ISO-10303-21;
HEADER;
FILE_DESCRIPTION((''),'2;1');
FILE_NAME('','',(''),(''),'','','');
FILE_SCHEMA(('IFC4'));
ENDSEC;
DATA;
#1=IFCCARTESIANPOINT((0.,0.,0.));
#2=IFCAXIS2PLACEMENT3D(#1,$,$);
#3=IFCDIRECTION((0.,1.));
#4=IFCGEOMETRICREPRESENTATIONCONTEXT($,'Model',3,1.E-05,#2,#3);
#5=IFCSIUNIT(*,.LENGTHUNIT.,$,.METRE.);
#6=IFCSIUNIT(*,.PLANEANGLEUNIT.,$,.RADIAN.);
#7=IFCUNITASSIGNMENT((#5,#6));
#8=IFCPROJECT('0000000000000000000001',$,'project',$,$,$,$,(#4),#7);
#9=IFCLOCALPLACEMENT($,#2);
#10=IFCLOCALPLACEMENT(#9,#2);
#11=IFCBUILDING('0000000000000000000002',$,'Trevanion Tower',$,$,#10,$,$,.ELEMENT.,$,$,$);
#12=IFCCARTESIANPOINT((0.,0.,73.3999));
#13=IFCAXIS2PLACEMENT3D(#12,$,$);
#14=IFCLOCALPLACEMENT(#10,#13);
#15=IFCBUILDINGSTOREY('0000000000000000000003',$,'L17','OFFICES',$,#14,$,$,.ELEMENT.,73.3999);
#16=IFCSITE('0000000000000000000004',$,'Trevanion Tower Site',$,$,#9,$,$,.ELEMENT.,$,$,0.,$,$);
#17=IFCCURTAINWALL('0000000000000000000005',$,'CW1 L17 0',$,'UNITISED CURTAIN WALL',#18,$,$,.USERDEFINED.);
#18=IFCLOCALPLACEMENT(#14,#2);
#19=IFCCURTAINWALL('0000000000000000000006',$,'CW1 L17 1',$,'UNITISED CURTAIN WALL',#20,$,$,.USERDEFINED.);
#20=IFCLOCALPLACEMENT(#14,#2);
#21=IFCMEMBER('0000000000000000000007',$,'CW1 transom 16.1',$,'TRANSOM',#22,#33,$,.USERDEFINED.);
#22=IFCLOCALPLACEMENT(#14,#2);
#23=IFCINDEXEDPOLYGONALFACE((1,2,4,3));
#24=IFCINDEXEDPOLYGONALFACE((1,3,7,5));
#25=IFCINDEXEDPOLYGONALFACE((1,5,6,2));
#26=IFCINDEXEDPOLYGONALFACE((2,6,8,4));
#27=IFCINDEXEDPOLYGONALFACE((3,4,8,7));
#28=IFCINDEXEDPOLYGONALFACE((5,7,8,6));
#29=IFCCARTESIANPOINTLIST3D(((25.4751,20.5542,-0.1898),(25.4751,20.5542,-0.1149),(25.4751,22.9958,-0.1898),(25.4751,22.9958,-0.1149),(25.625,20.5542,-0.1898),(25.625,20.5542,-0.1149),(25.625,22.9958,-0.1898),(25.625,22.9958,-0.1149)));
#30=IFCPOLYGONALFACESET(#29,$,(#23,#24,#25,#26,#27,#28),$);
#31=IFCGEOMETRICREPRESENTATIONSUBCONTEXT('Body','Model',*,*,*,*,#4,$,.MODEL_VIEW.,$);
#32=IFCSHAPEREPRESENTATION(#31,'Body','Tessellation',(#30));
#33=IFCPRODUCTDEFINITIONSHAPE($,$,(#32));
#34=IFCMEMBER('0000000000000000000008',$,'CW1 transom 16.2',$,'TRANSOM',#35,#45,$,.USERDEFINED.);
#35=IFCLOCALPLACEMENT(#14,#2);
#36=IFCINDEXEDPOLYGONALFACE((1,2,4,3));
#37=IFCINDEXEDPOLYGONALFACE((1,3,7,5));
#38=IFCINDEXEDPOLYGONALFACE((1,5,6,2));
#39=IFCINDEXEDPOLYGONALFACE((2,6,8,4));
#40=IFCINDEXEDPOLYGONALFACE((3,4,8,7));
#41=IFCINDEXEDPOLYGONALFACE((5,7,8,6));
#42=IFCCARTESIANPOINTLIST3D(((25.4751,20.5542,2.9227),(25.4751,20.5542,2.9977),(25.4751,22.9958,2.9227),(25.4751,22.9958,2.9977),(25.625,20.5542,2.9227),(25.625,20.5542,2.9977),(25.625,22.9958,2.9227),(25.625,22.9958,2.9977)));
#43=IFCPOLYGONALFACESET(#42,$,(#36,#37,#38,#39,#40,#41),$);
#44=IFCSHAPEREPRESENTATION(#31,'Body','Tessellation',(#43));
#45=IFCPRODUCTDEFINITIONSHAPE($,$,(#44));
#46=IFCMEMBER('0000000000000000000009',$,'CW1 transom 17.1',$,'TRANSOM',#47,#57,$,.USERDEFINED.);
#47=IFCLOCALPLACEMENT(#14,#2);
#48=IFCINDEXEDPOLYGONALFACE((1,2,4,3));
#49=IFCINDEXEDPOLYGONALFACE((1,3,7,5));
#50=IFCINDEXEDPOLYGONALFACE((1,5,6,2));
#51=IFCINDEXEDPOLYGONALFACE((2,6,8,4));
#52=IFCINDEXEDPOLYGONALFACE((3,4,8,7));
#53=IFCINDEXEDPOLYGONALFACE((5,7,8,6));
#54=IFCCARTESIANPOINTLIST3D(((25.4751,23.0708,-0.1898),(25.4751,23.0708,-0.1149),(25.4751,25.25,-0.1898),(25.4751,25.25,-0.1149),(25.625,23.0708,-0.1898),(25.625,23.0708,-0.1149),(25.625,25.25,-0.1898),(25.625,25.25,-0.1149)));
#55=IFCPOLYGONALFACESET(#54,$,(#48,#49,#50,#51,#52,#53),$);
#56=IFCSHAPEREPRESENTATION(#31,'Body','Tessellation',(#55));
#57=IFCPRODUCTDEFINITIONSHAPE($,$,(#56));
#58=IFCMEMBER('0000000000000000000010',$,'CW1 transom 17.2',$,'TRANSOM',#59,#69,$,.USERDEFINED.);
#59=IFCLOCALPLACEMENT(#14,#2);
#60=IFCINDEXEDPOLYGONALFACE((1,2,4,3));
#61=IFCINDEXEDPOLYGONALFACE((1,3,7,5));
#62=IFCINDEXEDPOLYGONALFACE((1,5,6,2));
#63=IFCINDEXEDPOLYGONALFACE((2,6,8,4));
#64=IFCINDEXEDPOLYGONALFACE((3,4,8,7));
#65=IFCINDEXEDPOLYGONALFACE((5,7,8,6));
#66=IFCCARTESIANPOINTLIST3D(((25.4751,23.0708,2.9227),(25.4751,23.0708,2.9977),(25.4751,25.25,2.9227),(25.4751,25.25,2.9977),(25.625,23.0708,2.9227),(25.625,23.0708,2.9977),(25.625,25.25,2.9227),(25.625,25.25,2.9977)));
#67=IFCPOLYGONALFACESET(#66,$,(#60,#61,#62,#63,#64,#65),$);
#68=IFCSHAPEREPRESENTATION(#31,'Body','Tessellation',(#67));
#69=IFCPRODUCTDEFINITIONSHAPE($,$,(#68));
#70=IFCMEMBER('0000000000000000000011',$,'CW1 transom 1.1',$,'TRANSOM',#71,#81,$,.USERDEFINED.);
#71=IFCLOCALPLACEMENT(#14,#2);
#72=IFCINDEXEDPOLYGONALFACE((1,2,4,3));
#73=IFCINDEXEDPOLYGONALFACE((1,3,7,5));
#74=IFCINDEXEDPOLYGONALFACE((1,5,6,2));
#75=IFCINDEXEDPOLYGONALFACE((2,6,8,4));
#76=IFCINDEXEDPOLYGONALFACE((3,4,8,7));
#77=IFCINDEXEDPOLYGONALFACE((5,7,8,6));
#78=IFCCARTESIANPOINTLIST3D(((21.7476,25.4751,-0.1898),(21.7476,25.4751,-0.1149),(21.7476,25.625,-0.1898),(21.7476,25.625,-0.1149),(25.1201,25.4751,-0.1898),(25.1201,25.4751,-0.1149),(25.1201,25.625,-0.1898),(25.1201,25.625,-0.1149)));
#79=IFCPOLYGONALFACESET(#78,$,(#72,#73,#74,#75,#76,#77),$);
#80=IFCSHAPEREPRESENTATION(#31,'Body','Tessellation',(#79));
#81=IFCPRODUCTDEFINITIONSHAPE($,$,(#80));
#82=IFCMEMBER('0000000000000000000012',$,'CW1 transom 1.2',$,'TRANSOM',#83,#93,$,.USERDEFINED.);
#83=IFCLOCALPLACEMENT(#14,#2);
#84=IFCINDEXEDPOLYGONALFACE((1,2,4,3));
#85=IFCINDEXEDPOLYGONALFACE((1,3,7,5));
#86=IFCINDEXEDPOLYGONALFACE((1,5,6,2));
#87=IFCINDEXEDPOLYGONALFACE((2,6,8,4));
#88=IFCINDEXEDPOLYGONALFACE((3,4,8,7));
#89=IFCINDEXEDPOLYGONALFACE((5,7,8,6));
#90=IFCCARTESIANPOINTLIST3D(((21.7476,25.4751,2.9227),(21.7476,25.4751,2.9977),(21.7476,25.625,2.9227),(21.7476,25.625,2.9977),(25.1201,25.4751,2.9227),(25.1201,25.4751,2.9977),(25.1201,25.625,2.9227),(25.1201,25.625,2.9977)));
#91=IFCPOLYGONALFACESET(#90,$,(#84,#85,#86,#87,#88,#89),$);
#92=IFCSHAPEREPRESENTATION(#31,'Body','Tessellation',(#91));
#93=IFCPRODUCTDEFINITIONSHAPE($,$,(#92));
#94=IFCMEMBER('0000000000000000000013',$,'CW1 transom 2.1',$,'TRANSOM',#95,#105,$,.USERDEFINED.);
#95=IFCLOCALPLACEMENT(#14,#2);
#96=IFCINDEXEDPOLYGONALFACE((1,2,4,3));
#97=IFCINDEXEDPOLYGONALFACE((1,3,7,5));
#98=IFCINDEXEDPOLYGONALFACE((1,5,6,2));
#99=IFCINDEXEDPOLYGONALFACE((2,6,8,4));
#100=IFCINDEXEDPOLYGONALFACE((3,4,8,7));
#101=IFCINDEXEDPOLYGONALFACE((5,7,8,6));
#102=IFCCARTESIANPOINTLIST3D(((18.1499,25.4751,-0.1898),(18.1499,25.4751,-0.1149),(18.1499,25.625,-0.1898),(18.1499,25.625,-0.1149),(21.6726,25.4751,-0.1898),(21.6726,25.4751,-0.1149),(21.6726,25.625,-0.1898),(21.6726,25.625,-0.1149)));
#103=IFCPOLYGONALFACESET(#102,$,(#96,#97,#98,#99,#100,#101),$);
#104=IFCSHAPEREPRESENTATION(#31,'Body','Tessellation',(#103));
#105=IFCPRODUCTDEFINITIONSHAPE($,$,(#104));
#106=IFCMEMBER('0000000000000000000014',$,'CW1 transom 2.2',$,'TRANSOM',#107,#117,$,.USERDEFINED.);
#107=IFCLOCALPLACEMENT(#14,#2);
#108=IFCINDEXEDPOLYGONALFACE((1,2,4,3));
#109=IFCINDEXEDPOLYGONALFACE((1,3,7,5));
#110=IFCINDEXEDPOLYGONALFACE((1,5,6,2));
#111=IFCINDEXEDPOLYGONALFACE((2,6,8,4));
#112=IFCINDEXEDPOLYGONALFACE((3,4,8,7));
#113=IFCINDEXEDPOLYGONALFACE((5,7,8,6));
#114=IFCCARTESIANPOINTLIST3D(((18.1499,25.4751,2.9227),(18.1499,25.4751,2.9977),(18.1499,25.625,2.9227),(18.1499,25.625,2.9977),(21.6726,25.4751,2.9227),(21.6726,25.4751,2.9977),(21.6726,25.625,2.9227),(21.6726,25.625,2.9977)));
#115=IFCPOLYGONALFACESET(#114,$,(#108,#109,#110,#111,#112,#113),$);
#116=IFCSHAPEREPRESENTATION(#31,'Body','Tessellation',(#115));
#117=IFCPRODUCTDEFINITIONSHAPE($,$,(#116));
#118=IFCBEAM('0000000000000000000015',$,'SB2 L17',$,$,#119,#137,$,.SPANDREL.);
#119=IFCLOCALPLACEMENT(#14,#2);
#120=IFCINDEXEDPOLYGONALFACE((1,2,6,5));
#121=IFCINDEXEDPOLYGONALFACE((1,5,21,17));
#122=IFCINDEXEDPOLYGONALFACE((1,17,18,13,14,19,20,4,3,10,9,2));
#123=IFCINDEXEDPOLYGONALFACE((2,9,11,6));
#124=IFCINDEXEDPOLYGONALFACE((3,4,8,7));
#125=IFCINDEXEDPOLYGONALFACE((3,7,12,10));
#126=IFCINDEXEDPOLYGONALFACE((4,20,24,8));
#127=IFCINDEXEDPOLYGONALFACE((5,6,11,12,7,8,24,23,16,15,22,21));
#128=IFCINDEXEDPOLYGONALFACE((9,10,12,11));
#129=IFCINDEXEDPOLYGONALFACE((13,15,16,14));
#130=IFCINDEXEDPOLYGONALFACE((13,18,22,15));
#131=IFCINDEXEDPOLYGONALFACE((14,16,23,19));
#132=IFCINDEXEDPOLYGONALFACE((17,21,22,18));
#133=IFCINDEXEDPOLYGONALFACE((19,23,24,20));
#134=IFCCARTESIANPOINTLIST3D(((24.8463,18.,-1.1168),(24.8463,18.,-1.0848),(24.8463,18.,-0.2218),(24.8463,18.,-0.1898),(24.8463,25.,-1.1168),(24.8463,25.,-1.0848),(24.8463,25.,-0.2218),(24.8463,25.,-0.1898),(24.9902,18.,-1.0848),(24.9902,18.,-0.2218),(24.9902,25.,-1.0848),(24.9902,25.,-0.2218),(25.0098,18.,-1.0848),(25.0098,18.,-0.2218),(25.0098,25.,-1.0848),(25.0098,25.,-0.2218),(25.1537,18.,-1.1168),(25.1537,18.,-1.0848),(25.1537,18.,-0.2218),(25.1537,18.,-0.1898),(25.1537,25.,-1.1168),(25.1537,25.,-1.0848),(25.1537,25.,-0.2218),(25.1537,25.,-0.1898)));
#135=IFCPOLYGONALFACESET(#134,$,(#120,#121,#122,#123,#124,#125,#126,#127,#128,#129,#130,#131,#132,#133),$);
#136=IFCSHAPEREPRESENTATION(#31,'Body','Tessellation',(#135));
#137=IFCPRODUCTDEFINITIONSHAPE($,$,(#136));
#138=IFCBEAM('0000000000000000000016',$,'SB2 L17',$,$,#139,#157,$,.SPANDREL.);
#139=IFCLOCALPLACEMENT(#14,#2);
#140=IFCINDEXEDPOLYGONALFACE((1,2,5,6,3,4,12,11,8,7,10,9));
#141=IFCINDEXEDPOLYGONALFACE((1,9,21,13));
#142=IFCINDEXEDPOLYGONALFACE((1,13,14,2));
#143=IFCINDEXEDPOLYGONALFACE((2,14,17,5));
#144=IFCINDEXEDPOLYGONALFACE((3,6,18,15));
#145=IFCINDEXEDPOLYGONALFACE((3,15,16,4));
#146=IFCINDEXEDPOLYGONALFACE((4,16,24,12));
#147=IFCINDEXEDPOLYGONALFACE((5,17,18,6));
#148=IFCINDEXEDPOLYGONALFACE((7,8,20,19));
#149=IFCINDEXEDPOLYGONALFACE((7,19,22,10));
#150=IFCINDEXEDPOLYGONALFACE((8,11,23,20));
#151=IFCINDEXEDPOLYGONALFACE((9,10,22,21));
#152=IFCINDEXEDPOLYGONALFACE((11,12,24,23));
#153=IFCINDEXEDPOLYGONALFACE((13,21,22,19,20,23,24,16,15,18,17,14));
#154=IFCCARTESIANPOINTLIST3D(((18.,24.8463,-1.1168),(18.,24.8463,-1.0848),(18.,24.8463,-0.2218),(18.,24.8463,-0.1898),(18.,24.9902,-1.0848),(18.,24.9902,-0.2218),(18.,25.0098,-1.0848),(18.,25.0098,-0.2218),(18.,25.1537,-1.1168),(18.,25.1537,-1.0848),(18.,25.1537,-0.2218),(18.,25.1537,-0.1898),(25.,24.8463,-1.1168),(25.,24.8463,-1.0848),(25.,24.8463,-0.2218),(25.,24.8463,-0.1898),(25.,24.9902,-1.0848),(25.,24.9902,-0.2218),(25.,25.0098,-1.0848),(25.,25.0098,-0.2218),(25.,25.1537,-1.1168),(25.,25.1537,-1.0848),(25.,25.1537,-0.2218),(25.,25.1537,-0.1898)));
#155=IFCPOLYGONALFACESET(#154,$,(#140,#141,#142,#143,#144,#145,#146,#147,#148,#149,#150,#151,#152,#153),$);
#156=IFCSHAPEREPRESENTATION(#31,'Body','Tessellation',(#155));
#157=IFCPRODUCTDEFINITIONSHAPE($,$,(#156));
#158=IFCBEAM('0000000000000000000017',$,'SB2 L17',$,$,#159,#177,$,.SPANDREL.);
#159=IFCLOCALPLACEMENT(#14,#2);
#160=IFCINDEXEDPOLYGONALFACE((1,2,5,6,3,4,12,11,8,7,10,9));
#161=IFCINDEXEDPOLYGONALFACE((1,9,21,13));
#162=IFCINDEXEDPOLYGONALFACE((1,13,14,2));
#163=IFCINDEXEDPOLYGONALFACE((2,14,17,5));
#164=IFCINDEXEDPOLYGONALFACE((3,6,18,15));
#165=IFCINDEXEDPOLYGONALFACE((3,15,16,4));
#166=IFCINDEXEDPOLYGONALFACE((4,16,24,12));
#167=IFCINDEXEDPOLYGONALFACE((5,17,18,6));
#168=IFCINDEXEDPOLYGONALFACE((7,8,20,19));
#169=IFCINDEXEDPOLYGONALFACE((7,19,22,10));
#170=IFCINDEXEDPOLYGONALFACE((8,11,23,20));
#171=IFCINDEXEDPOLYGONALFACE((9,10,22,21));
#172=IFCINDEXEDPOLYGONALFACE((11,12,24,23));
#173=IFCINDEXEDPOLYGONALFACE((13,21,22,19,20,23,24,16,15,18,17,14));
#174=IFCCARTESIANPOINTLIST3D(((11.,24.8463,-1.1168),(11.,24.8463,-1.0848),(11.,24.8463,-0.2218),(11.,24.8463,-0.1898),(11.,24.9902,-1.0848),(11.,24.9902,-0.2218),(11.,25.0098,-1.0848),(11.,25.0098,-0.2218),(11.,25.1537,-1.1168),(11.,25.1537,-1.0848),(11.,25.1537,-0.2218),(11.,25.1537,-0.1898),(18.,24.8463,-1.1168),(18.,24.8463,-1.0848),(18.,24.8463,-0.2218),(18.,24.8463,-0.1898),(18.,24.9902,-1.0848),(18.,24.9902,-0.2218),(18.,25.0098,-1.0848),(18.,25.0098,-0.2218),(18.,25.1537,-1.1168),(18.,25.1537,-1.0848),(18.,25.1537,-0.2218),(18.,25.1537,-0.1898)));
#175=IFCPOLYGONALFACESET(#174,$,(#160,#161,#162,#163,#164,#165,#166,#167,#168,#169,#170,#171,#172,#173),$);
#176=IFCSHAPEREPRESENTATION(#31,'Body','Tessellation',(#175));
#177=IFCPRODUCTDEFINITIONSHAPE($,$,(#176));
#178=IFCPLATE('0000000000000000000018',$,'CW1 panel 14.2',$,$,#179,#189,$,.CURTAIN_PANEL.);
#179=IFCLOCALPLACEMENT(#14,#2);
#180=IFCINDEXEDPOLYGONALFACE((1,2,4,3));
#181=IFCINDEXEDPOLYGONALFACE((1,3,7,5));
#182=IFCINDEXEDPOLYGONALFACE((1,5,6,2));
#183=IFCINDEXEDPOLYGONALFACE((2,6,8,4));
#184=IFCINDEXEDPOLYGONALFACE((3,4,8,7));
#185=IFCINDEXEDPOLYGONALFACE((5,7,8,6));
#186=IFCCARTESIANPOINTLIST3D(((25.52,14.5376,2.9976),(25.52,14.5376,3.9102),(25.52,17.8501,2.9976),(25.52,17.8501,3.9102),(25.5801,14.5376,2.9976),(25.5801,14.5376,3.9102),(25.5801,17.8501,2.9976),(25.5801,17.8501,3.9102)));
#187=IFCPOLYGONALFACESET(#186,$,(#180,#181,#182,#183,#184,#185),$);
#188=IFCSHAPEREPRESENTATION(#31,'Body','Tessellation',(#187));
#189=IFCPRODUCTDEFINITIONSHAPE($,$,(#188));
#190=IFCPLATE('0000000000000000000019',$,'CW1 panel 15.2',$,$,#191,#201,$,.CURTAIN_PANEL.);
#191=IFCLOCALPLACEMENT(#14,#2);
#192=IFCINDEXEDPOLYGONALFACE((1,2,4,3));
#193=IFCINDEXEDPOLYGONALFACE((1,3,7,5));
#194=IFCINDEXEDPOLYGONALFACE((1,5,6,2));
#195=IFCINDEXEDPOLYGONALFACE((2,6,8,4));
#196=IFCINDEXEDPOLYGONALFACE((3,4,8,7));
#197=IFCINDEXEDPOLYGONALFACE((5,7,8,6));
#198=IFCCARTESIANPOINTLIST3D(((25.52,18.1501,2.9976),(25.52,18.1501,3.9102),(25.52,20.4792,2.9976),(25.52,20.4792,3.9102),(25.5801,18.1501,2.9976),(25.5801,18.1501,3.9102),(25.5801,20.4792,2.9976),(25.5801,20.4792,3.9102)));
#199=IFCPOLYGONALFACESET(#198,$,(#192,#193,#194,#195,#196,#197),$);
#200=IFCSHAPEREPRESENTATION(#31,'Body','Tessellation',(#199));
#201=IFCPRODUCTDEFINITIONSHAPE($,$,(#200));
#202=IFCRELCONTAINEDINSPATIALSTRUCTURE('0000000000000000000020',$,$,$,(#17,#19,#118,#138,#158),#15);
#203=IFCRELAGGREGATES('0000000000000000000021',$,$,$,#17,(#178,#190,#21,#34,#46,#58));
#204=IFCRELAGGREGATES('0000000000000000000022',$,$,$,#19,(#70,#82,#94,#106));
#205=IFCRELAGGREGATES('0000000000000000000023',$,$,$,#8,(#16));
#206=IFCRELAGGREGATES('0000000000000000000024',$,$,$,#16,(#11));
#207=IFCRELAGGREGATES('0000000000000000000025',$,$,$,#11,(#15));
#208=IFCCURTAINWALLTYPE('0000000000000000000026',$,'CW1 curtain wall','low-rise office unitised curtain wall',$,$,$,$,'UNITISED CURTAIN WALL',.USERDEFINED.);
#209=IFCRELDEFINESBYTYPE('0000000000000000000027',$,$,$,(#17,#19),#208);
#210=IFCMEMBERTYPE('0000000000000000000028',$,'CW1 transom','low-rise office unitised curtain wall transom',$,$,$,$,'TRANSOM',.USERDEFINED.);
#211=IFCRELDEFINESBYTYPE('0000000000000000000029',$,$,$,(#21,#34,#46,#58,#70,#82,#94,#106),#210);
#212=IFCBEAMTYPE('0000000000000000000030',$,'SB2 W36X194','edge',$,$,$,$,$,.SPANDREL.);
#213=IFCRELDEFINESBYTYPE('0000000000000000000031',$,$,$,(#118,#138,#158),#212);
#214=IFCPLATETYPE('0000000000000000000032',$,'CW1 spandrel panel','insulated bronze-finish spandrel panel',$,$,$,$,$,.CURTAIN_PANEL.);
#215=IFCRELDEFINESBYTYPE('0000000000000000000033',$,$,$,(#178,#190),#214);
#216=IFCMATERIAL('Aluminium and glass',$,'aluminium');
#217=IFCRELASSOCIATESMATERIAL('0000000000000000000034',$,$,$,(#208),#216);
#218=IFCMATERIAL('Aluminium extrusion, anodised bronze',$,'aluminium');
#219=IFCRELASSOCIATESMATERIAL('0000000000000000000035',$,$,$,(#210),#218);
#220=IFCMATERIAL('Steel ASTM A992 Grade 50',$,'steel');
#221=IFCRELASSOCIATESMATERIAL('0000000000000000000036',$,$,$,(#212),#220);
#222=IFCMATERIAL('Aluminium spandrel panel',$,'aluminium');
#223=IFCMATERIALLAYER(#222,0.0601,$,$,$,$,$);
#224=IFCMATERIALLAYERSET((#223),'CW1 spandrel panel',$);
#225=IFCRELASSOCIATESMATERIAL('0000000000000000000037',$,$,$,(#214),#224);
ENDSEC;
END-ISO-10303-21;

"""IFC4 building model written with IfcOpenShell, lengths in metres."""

from ifc_helpers import new_model, si_unit, direction, frame, origin, origin_2d, place, context, subcontext, project, spatial, rectangle, i_section, extrude, material, layer, layer_set, material_profile, profile_set, type_object, element, aggregate, save


model = new_model("IFC4")

# Units and contexts
model_context = context("Model", 3, precision=1e-05, world=origin(), true_north=direction((0.0, 1.0)))
body_context = subcontext(model_context, "Body", "Model", "MODEL_VIEW")
ifc_project = project(units=[si_unit("LENGTHUNIT", "METRE"), si_unit("PLANEANGLEUNIT", "RADIAN")], contexts=[model_context])

# Site, building, storey
site_placement = place(None, origin())
site = spatial("IfcSite", under=ifc_project, at=site_placement, Name="Trevanion Tower Site", CompositionType="ELEMENT", RefElevation=0.0)
building_placement = place(site_placement, origin())
building = spatial("IfcBuilding", under=site, at=building_placement, Name="Trevanion Tower", CompositionType="ELEMENT")
storey_placement = place(building_placement, frame((0.0, 0.0, 73.3999)))
storey = spatial("IfcBuildingStorey", under=building, at=storey_placement, Name="L17", Description="OFFICES", CompositionType="ELEMENT", Elevation=73.3999)

# Curtain wall
ifc_material_1 = material(Name="Aluminium and glass", Category="aluminium")
curtain_wall_type = type_object("IfcCurtainWallType", Name="CW1 curtain wall", Description="low-rise office unitised curtain wall", ElementType="UNITISED CURTAIN WALL", PredefinedType="USERDEFINED", material=ifc_material_1)
curtain_wall_1_placement = place(storey_placement, origin())
curtain_wall_1 = element("IfcCurtainWall", 1, at=curtain_wall_1_placement, inside=storey, type_object=curtain_wall_type, Name="CW1 L17 0", ObjectType="UNITISED CURTAIN WALL", PredefinedType="USERDEFINED")

# Curtain wall
curtain_wall_2_placement = place(storey_placement, origin())
curtain_wall_2 = element("IfcCurtainWall", 2, at=curtain_wall_2_placement, inside=storey, type_object=curtain_wall_type, Name="CW1 L17 1", ObjectType="UNITISED CURTAIN WALL", PredefinedType="USERDEFINED")

# Members
ifc_material_2 = material(Name="Aluminium extrusion, anodised bronze", Category="aluminium")
ifc_material_profile_1 = material_profile(ifc_material_2, rectangle(XDim=0.1499, YDim=0.075, at=origin_2d()), Name="CW1 transom")
ifc_profile_set_1 = profile_set([ifc_material_profile_1], Name="Aluminium extrusion, anodised bronze")
member_type_1 = type_object("IfcMemberType", Name="CW1 transom", Description="low-rise office unitised curtain wall transom", ElementType="TRANSOM", PredefinedType="USERDEFINED", material=ifc_profile_set_1)
member_1_placement = place(storey_placement, frame((25.55, 20.5542, -0.1523), z_axis=(0.0, 1.0, 0.0), x_axis=(-1.0, 0.0, 0.0)))
member_1 = element("IfcMember", 3, at=member_1_placement, type_object=member_type_1, Name="CW1 transom 16.1", ObjectType="TRANSOM", PredefinedType="USERDEFINED", context=body_context, shape_type="SweptSolid", body=[
    extrude(rectangle(XDim=0.1499, YDim=0.075, at=origin_2d()), origin(), (0.0, 0.0, 1.0), 2.4417),
])
member_2_placement = place(storey_placement, frame((25.55, 20.5542, 2.9602), z_axis=(0.0, 1.0, 0.0), x_axis=(-1.0, 0.0, 0.0)))
member_2 = element("IfcMember", 4, at=member_2_placement, type_object=member_type_1, Name="CW1 transom 16.2", ObjectType="TRANSOM", PredefinedType="USERDEFINED", context=body_context, shape_type="SweptSolid", body=[
    extrude(rectangle(XDim=0.1499, YDim=0.075, at=origin_2d()), origin(), (0.0, 0.0, 1.0), 2.4417),
])
member_3_placement = place(storey_placement, frame((25.55, 23.0708, -0.1523), z_axis=(0.0, 1.0, 0.0), x_axis=(-1.0, 0.0, 0.0)))
member_3 = element("IfcMember", 5, at=member_3_placement, type_object=member_type_1, Name="CW1 transom 17.1", ObjectType="TRANSOM", PredefinedType="USERDEFINED", context=body_context, shape_type="SweptSolid", body=[
    extrude(rectangle(XDim=0.1499, YDim=0.075, at=origin_2d()), origin(), (0.0, 0.0, 1.0), 2.1792),
])
member_4_placement = place(storey_placement, frame((25.55, 23.0708, 2.9602), z_axis=(0.0, 1.0, 0.0), x_axis=(-1.0, 0.0, 0.0)))
member_4 = element("IfcMember", 6, at=member_4_placement, type_object=member_type_1, Name="CW1 transom 17.2", ObjectType="TRANSOM", PredefinedType="USERDEFINED", context=body_context, shape_type="SweptSolid", body=[
    extrude(rectangle(XDim=0.1499, YDim=0.075, at=origin_2d()), origin(), (0.0, 0.0, 1.0), 2.1792),
])
member_5_placement = place(storey_placement, frame((25.1201, 25.55, -0.1523), z_axis=(-1.0, 0.0, 0.0), x_axis=(0.0, -1.0, 0.0)))
member_5 = element("IfcMember", 7, at=member_5_placement, type_object=member_type_1, Name="CW1 transom 1.1", ObjectType="TRANSOM", PredefinedType="USERDEFINED", context=body_context, shape_type="SweptSolid", body=[
    extrude(rectangle(XDim=0.1499, YDim=0.075, at=origin_2d()), origin(), (0.0, 0.0, 1.0), 3.3726),
])
member_6_placement = place(storey_placement, frame((25.1201, 25.55, 2.9602), z_axis=(-1.0, 0.0, 0.0), x_axis=(0.0, -1.0, 0.0)))
member_6 = element("IfcMember", 8, at=member_6_placement, type_object=member_type_1, Name="CW1 transom 1.2", ObjectType="TRANSOM", PredefinedType="USERDEFINED", context=body_context, shape_type="SweptSolid", body=[
    extrude(rectangle(XDim=0.1499, YDim=0.075, at=origin_2d()), origin(), (0.0, 0.0, 1.0), 3.3726),
])
member_7_placement = place(storey_placement, frame((21.6726, 25.55, -0.1523), z_axis=(-1.0, 0.0, 0.0), x_axis=(0.0, -1.0, 0.0)))
member_7 = element("IfcMember", 9, at=member_7_placement, type_object=member_type_1, Name="CW1 transom 2.1", ObjectType="TRANSOM", PredefinedType="USERDEFINED", context=body_context, shape_type="SweptSolid", body=[
    extrude(rectangle(XDim=0.1499, YDim=0.075, at=origin_2d()), origin(), (0.0, 0.0, 1.0), 3.5227),
])
member_8_placement = place(storey_placement, frame((21.6726, 25.55, 2.9602), z_axis=(-1.0, 0.0, 0.0), x_axis=(0.0, -1.0, 0.0)))
member_8 = element("IfcMember", 10, at=member_8_placement, type_object=member_type_1, Name="CW1 transom 2.2", ObjectType="TRANSOM", PredefinedType="USERDEFINED", context=body_context, shape_type="SweptSolid", body=[
    extrude(rectangle(XDim=0.1499, YDim=0.075, at=origin_2d()), origin(), (0.0, 0.0, 1.0), 3.5227),
])

# Beams
ifc_material_3 = material(Name="Steel ASTM A992 Grade 50", Category="steel")
ifc_material_profile_2 = material_profile(ifc_material_3, i_section(OverallWidth=0.3074, OverallDepth=0.927, WebThickness=0.0195, FlangeThickness=0.032, at=origin_2d()), Name="W36X194")
ifc_profile_set_2 = profile_set([ifc_material_profile_2], Name="Steel ASTM A992 Grade 50")
beam_type = type_object("IfcBeamType", Name="SB2 W36X194", Description="edge", PredefinedType="SPANDREL", material=ifc_profile_set_2)
for number, where, z_axis, x_axis, name in (
    (11, (25.0, 18.0, -0.6533), (0.0, 1.0, 0.0), (-1.0, 0.0, 0.0), "SB2 L17"),
    (12, (25.0, 25.0, -0.6533), (-1.0, 0.0, 0.0), (0.0, -1.0, 0.0), "SB2 L17"),
    (13, (18.0, 25.0, -0.6533), (-1.0, 0.0, 0.0), (0.0, -1.0, 0.0), "SB2 L17"),
):
    element("IfcBeam", number, at=place(storey_placement, frame(where, z_axis=z_axis, x_axis=x_axis)), inside=storey, type_object=beam_type, Name=name, PredefinedType="SPANDREL", context=body_context, shape_type="SweptSolid", body=[
        extrude(i_section(OverallWidth=0.3074, OverallDepth=0.927, WebThickness=0.0195, FlangeThickness=0.032, at=origin_2d()), origin(), (0.0, 0.0, 1.0), 7.0),
    ])

# Plates
ifc_material_4 = material(Name="Aluminium spandrel panel", Category="aluminium")
ifc_layer_1 = layer(ifc_material_4, 0.0601)
ifc_layer_set_1 = layer_set([ifc_layer_1], Name="CW1 spandrel panel")
plate_type_1 = type_object("IfcPlateType", Name="CW1 spandrel panel", Description="insulated bronze-finish spandrel panel", PredefinedType="CURTAIN_PANEL", material=ifc_layer_set_1)
plate_1_placement = place(storey_placement, frame((25.55, 16.1938, 2.9976), z_axis=(0.0, 0.0, 1.0), x_axis=(0.0, 1.0, 0.0)))
plate_1 = element("IfcPlate", 14, at=plate_1_placement, type_object=plate_type_1, Name="CW1 panel 14.2", PredefinedType="CURTAIN_PANEL", context=body_context, shape_type="SweptSolid", body=[
    extrude(rectangle(XDim=3.3125, YDim=0.0601, at=origin_2d()), origin(), (0.0, 0.0, 1.0), 0.9126),
])
plate_2_placement = place(storey_placement, frame((25.55, 19.3147, 2.9976), z_axis=(0.0, 0.0, 1.0), x_axis=(0.0, 1.0, 0.0)))
plate_2 = element("IfcPlate", 15, at=plate_2_placement, type_object=plate_type_1, Name="CW1 panel 15.2", PredefinedType="CURTAIN_PANEL", context=body_context, shape_type="SweptSolid", body=[
    extrude(rectangle(XDim=2.3291, YDim=0.0601, at=origin_2d()), origin(), (0.0, 0.0, 1.0), 0.9126),
])
aggregate(curtain_wall_1, [plate_1, plate_2, member_1, member_2, member_3, member_4])
aggregate(curtain_wall_2, [member_5, member_6, member_7, member_8])

save(model, "model.ifc")
